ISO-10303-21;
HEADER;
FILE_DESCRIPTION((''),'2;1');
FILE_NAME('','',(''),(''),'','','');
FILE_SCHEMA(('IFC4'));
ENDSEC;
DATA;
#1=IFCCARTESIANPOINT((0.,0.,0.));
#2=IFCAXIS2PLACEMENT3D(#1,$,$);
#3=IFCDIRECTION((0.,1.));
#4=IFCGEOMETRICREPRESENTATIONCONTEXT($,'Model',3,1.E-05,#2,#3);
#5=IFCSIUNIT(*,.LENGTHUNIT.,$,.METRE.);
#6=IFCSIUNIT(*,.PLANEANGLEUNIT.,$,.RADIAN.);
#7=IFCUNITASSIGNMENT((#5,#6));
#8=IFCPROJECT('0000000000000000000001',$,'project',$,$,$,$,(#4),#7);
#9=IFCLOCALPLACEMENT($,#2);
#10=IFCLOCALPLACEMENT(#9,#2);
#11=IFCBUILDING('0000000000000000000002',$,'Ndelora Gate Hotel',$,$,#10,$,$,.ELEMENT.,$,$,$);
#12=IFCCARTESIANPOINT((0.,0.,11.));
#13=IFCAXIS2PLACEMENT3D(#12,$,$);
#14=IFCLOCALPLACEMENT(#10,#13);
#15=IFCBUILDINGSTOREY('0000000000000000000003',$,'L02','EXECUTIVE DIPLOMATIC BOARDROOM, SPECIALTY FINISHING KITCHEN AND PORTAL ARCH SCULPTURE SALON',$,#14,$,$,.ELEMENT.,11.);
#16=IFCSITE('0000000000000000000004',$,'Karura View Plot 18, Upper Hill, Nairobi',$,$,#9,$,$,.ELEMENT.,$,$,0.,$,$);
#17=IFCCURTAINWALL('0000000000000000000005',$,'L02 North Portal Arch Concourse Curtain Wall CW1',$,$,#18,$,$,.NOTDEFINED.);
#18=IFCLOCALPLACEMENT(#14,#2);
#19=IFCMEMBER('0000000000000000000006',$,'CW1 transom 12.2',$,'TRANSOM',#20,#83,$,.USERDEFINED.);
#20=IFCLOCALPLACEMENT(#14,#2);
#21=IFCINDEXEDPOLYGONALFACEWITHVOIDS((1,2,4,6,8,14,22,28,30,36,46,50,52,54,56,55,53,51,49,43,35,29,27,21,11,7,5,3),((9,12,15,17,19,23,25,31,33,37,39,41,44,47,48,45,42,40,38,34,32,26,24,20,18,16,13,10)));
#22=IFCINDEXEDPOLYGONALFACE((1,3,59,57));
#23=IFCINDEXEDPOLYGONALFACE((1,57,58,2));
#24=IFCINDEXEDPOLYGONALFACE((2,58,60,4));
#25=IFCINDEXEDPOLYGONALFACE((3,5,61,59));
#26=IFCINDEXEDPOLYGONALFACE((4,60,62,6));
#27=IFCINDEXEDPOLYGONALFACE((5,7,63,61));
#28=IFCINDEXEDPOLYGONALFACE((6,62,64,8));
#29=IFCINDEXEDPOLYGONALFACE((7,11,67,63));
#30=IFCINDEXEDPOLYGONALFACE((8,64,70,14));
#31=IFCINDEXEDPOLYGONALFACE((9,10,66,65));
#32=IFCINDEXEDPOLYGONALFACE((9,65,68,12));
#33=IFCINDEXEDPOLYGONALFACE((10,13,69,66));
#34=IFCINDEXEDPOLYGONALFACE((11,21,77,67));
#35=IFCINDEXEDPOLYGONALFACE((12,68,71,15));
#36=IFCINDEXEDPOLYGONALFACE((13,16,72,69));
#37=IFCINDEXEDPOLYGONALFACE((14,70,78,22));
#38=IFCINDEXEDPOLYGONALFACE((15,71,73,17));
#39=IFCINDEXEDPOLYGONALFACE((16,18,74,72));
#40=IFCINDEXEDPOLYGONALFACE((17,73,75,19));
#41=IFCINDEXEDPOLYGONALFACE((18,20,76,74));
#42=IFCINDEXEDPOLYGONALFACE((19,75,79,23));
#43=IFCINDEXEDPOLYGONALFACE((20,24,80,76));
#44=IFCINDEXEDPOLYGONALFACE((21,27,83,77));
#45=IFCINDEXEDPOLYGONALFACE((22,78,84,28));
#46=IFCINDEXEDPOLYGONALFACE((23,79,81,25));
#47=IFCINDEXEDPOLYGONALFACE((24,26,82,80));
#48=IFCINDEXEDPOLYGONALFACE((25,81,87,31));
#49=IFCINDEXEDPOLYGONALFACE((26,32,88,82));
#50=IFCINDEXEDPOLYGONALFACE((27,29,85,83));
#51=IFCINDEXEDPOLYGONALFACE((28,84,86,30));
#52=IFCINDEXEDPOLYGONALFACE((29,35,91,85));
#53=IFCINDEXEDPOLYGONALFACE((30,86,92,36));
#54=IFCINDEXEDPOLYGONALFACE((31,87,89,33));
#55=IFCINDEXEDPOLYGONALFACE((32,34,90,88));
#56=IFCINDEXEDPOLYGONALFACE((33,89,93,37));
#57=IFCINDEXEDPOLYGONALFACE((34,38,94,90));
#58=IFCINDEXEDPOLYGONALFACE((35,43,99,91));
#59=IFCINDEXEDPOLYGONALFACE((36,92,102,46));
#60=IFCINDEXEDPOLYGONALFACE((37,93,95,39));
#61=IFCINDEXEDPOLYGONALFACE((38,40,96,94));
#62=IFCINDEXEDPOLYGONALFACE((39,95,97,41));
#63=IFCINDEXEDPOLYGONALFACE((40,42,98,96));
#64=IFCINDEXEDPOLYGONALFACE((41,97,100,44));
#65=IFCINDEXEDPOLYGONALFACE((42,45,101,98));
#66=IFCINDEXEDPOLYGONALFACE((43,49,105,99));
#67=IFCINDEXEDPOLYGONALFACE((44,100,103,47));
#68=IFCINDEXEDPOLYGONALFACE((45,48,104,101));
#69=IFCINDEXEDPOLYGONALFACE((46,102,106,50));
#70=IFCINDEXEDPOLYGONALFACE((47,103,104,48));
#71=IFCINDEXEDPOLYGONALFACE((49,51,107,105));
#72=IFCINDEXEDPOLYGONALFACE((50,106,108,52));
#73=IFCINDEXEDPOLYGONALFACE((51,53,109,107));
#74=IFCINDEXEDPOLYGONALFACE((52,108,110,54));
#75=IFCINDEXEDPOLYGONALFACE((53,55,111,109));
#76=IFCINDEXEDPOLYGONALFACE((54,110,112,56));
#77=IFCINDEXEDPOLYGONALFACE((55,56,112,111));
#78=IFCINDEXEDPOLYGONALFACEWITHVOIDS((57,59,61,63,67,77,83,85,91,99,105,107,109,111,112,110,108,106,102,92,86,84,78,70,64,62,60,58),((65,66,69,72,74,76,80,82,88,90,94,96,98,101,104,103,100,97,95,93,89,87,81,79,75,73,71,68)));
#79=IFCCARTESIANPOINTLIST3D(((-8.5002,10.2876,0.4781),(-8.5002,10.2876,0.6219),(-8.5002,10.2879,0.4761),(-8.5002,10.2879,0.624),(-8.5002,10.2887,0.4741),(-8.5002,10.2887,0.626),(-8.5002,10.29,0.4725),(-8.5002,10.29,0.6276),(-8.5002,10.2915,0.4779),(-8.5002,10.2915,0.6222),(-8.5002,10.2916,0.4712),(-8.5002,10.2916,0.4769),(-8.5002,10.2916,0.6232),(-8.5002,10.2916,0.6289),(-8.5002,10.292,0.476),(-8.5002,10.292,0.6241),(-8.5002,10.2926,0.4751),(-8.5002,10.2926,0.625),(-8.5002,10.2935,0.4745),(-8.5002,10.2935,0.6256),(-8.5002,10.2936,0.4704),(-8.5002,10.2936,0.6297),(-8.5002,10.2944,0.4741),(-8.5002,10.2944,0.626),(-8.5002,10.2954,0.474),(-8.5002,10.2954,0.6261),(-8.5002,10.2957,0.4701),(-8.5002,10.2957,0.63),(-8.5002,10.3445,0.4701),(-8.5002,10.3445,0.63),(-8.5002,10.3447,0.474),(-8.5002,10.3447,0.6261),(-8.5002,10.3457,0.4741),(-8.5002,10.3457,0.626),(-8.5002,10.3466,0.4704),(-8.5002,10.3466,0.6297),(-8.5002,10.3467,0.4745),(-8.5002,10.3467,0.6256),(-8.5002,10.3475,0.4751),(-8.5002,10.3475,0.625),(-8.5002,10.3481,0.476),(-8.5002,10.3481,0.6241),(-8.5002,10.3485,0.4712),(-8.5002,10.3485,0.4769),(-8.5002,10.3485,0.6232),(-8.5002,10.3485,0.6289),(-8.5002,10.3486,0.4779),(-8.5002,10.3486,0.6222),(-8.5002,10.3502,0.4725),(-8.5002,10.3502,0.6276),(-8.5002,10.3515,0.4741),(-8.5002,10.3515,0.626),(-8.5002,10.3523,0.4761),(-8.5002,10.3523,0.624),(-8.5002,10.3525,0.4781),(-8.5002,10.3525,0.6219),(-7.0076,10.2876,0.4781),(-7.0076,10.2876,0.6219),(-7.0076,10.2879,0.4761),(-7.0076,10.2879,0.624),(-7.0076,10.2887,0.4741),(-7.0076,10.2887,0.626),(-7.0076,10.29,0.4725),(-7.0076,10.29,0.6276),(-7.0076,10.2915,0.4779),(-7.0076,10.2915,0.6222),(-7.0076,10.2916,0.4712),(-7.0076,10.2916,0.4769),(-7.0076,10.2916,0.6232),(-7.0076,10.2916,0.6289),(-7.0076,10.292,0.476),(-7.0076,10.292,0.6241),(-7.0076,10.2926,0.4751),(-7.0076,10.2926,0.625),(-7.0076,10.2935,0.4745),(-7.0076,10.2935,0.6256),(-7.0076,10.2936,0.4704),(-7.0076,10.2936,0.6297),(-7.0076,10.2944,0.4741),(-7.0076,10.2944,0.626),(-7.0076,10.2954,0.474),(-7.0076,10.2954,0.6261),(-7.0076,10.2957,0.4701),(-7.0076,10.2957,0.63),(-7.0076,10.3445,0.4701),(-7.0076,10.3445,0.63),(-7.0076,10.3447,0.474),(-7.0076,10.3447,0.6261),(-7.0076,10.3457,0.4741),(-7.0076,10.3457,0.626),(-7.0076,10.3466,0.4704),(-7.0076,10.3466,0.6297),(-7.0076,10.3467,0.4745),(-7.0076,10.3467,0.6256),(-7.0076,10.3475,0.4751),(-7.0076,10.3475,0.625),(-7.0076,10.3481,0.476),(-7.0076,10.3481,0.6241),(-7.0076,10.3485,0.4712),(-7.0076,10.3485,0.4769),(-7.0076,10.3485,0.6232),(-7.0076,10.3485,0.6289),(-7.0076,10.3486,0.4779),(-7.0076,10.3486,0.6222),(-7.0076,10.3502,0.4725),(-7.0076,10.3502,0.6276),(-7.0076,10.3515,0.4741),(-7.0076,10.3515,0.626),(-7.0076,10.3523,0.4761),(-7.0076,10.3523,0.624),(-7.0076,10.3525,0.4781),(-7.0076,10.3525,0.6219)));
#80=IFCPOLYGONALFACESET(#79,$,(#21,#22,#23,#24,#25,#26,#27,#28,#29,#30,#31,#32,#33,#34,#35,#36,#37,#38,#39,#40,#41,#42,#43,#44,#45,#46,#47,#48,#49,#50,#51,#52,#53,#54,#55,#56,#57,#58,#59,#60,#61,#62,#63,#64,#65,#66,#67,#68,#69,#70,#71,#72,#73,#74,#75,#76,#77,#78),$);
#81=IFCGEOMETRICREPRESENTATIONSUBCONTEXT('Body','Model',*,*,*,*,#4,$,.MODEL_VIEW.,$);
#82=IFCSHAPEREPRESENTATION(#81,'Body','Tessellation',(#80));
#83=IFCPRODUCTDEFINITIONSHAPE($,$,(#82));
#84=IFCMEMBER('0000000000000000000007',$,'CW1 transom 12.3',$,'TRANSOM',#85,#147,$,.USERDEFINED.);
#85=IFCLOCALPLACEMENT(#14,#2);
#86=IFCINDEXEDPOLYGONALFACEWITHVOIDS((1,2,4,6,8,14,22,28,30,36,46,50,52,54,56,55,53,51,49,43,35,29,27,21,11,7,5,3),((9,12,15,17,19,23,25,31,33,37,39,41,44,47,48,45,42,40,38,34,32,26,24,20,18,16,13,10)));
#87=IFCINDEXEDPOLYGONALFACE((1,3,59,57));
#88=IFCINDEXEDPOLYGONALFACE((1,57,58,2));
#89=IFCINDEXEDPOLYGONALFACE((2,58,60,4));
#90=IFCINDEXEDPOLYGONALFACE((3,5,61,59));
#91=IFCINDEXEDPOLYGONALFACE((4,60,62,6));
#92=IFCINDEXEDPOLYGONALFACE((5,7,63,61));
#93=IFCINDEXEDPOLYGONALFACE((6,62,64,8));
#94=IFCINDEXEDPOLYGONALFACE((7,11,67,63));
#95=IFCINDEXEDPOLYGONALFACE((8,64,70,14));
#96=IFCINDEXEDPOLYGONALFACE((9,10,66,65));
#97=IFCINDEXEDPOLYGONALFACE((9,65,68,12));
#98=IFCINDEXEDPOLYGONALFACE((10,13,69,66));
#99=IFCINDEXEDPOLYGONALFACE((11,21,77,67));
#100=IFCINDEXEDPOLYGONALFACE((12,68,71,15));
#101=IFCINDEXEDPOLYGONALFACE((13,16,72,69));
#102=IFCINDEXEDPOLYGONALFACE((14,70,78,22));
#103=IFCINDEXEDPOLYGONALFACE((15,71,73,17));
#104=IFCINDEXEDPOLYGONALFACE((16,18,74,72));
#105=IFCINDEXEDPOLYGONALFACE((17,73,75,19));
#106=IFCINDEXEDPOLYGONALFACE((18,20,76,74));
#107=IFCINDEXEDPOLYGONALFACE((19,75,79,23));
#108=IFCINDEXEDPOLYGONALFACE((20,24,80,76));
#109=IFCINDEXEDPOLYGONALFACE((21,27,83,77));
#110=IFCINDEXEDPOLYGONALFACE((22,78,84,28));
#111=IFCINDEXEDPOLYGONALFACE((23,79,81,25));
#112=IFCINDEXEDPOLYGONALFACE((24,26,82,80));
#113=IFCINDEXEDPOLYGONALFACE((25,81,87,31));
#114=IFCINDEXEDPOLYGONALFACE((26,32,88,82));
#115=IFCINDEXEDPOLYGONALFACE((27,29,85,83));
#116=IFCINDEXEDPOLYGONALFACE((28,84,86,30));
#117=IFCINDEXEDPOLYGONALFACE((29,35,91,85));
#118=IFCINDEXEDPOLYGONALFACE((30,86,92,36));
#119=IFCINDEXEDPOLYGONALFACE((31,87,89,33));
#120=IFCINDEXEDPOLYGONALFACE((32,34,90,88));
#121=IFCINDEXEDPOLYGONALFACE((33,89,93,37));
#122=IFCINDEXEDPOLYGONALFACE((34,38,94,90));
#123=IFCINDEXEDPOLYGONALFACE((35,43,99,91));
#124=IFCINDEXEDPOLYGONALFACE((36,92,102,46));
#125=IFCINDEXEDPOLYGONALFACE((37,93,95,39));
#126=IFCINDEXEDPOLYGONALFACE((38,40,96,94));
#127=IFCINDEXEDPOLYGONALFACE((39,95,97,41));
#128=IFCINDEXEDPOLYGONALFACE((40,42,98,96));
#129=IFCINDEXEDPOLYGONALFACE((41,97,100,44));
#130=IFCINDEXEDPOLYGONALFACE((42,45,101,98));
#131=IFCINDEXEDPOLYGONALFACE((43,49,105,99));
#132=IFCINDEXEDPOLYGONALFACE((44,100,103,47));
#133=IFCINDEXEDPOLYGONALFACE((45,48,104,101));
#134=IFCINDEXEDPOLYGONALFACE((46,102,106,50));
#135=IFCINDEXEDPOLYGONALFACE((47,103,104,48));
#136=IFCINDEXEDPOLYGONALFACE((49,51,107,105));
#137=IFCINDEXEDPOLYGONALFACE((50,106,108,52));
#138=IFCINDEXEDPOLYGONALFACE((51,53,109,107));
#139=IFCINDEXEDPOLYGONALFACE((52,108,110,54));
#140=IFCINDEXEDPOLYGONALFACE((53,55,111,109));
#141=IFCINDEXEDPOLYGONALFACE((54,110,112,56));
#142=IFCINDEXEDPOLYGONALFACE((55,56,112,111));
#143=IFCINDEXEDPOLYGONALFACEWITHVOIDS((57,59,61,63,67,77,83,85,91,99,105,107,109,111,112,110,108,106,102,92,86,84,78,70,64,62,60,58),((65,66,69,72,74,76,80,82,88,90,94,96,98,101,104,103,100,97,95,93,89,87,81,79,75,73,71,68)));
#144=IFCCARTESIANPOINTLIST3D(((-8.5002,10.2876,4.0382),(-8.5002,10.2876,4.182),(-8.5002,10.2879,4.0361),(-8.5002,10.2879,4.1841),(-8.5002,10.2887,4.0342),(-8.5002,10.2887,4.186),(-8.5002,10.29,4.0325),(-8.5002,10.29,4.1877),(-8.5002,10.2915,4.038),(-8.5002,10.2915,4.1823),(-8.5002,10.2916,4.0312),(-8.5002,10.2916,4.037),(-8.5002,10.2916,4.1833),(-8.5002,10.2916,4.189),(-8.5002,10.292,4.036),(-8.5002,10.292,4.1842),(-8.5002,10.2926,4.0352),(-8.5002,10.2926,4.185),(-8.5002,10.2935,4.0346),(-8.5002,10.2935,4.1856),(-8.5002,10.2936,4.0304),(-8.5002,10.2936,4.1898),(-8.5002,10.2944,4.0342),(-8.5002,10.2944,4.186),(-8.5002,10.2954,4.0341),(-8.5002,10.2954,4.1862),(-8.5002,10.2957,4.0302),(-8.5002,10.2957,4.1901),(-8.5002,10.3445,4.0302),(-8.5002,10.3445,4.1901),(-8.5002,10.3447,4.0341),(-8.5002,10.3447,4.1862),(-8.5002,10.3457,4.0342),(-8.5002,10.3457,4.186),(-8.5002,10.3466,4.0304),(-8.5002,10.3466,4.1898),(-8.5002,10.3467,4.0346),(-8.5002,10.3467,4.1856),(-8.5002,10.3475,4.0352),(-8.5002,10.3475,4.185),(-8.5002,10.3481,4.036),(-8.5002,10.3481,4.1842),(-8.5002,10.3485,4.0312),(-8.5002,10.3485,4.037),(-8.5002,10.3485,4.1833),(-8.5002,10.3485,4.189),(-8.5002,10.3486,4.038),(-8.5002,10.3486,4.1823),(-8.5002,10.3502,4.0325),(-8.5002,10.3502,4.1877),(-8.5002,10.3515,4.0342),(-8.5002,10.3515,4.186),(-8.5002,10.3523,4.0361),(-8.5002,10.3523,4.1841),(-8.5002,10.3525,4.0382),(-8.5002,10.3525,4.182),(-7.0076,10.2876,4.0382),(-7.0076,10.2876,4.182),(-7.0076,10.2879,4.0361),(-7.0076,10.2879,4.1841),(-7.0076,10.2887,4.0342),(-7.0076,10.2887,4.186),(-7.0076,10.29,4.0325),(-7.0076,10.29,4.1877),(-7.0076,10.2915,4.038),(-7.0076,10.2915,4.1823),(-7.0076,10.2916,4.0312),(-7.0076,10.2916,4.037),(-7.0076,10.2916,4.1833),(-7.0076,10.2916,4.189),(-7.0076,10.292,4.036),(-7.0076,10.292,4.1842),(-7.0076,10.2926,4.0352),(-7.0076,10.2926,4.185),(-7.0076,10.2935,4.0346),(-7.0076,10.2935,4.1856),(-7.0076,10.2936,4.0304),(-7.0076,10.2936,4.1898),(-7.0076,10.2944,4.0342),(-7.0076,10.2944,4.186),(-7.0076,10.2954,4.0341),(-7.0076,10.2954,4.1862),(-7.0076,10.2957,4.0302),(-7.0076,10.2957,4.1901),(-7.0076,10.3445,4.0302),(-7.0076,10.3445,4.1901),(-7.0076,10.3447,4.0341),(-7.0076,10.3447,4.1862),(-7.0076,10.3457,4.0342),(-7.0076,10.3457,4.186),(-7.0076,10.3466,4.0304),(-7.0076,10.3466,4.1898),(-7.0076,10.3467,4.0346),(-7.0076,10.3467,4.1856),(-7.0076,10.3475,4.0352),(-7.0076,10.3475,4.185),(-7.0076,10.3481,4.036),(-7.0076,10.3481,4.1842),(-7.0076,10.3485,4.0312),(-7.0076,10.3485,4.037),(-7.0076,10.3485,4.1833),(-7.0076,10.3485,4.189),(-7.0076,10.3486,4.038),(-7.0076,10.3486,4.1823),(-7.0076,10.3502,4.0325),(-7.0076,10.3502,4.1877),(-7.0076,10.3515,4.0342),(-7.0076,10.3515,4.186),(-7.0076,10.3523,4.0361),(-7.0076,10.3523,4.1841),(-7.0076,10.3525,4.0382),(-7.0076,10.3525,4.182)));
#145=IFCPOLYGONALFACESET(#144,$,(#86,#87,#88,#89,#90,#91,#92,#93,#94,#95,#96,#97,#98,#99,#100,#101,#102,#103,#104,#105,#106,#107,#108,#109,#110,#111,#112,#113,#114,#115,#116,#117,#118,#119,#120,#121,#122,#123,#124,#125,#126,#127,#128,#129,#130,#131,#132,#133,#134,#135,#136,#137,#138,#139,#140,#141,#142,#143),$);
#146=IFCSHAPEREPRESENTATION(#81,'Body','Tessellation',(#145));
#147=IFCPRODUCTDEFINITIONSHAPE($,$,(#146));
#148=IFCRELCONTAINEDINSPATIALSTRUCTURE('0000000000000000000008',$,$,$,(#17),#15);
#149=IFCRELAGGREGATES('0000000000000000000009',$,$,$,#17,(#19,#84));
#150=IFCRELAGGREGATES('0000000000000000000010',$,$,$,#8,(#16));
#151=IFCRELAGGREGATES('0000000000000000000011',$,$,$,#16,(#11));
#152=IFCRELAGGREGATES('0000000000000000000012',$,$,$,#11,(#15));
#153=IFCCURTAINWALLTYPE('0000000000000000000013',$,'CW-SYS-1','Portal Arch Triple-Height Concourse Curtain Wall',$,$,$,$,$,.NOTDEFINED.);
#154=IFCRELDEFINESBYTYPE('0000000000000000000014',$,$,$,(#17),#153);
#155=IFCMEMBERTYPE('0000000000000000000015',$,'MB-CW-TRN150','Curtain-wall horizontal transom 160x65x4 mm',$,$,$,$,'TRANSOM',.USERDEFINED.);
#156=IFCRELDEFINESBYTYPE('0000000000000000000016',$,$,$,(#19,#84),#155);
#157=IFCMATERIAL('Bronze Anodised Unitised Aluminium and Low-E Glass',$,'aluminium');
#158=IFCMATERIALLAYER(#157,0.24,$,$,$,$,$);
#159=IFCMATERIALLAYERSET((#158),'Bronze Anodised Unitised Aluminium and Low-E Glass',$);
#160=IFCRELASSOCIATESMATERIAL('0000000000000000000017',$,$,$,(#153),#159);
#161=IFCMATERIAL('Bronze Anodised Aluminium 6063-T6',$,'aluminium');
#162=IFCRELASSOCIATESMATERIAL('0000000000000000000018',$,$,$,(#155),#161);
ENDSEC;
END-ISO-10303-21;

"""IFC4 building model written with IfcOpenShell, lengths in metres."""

from ifc_helpers import new_model, si_unit, direction, frame, origin, origin_2d, place, context, subcontext, project, spatial, hollow_rectangle, extrude, material, layer, layer_set, material_profile, profile_set, type_object, element, aggregate, save


model = new_model("IFC4")

# Units and contexts
model_context = context("Model", 3, precision=1e-05, world=origin(), true_north=direction((0.0, 1.0)))
body_context = subcontext(model_context, "Body", "Model", "MODEL_VIEW")
ifc_project = project(units=[si_unit("LENGTHUNIT", "METRE"), si_unit("PLANEANGLEUNIT", "RADIAN")], contexts=[model_context])

# Site, building, storey
site_placement = place(None, origin())
site = spatial("IfcSite", under=ifc_project, at=site_placement, Name="Karura View Plot 18, Upper Hill, Nairobi", CompositionType="ELEMENT", RefElevation=0.0)
building_placement = place(site_placement, origin())
building = spatial("IfcBuilding", under=site, at=building_placement, Name="Ndelora Gate Hotel", CompositionType="ELEMENT")
storey_placement = place(building_placement, frame((0.0, 0.0, 11.0)))
storey = spatial("IfcBuildingStorey", under=building, at=storey_placement, Name="L02", Description="EXECUTIVE DIPLOMATIC BOARDROOM, SPECIALTY FINISHING KITCHEN AND PORTAL ARCH SCULPTURE SALON", CompositionType="ELEMENT", Elevation=11.0)

# Curtain wall, members
ifc_material_1 = material(Name="Bronze Anodised Unitised Aluminium and Low-E Glass", Category="aluminium")
ifc_layer_1 = layer(ifc_material_1, 0.24)
ifc_layer_set_1 = layer_set([ifc_layer_1], Name="Bronze Anodised Unitised Aluminium and Low-E Glass")
curtain_wall_type = type_object("IfcCurtainWallType", Name="CW-SYS-1", Description="Portal Arch Triple-Height Concourse Curtain Wall", PredefinedType="NOTDEFINED", material=ifc_layer_set_1)
curtain_wall_placement = place(storey_placement, origin())
curtain_wall = element("IfcCurtainWall", 1, at=curtain_wall_placement, inside=storey, type_object=curtain_wall_type, Name="L02 North Portal Arch Concourse Curtain Wall CW1", PredefinedType="NOTDEFINED")
ifc_material_2 = material(Name="Bronze Anodised Aluminium 6063-T6", Category="aluminium")
ifc_material_profile_1 = material_profile(ifc_material_2, hollow_rectangle(XDim=0.0649, YDim=0.1599, WallThickness=0.0039, InnerFilletRadius=0.0039, OuterFilletRadius=0.0081, at=origin_2d()), Name="ALU 160x65x4")
ifc_profile_set_1 = profile_set([ifc_material_profile_1], Name="Bronze Anodised Aluminium 6063-T6")
member_type = type_object("IfcMemberType", Name="MB-CW-TRN150", Description="Curtain-wall horizontal transom 160x65x4 mm", ElementType="TRANSOM", PredefinedType="USERDEFINED", material=ifc_profile_set_1)
member_1_placement = place(storey_placement, frame((-7.0076, 10.3201, 0.55), z_axis=(-1.0, 0.0, 0.0), x_axis=(0.0, -1.0, 0.0)))
member_1 = element("IfcMember", 2, at=member_1_placement, type_object=member_type, Name="CW1 transom 12.2", ObjectType="TRANSOM", PredefinedType="USERDEFINED", context=body_context, shape_type="SweptSolid", body=[
    extrude(hollow_rectangle(XDim=0.0649, YDim=0.1599, WallThickness=0.0039, InnerFilletRadius=0.0039, OuterFilletRadius=0.0081, at=origin_2d()), origin(), (0.0, 0.0, 1.0), 1.4927),
])
member_2_placement = place(storey_placement, frame((-7.0076, 10.3201, 4.1101), z_axis=(-1.0, 0.0, 0.0), x_axis=(0.0, -1.0, 0.0)))
member_2 = element("IfcMember", 3, at=member_2_placement, type_object=member_type, Name="CW1 transom 12.3", ObjectType="TRANSOM", PredefinedType="USERDEFINED", context=body_context, shape_type="SweptSolid", body=[
    extrude(hollow_rectangle(XDim=0.0649, YDim=0.1599, WallThickness=0.0039, InnerFilletRadius=0.0039, OuterFilletRadius=0.0081, at=origin_2d()), origin(), (0.0, 0.0, 1.0), 1.4927),
])
aggregate(curtain_wall, [member_1, member_2])

save(model, "model.ifc")
